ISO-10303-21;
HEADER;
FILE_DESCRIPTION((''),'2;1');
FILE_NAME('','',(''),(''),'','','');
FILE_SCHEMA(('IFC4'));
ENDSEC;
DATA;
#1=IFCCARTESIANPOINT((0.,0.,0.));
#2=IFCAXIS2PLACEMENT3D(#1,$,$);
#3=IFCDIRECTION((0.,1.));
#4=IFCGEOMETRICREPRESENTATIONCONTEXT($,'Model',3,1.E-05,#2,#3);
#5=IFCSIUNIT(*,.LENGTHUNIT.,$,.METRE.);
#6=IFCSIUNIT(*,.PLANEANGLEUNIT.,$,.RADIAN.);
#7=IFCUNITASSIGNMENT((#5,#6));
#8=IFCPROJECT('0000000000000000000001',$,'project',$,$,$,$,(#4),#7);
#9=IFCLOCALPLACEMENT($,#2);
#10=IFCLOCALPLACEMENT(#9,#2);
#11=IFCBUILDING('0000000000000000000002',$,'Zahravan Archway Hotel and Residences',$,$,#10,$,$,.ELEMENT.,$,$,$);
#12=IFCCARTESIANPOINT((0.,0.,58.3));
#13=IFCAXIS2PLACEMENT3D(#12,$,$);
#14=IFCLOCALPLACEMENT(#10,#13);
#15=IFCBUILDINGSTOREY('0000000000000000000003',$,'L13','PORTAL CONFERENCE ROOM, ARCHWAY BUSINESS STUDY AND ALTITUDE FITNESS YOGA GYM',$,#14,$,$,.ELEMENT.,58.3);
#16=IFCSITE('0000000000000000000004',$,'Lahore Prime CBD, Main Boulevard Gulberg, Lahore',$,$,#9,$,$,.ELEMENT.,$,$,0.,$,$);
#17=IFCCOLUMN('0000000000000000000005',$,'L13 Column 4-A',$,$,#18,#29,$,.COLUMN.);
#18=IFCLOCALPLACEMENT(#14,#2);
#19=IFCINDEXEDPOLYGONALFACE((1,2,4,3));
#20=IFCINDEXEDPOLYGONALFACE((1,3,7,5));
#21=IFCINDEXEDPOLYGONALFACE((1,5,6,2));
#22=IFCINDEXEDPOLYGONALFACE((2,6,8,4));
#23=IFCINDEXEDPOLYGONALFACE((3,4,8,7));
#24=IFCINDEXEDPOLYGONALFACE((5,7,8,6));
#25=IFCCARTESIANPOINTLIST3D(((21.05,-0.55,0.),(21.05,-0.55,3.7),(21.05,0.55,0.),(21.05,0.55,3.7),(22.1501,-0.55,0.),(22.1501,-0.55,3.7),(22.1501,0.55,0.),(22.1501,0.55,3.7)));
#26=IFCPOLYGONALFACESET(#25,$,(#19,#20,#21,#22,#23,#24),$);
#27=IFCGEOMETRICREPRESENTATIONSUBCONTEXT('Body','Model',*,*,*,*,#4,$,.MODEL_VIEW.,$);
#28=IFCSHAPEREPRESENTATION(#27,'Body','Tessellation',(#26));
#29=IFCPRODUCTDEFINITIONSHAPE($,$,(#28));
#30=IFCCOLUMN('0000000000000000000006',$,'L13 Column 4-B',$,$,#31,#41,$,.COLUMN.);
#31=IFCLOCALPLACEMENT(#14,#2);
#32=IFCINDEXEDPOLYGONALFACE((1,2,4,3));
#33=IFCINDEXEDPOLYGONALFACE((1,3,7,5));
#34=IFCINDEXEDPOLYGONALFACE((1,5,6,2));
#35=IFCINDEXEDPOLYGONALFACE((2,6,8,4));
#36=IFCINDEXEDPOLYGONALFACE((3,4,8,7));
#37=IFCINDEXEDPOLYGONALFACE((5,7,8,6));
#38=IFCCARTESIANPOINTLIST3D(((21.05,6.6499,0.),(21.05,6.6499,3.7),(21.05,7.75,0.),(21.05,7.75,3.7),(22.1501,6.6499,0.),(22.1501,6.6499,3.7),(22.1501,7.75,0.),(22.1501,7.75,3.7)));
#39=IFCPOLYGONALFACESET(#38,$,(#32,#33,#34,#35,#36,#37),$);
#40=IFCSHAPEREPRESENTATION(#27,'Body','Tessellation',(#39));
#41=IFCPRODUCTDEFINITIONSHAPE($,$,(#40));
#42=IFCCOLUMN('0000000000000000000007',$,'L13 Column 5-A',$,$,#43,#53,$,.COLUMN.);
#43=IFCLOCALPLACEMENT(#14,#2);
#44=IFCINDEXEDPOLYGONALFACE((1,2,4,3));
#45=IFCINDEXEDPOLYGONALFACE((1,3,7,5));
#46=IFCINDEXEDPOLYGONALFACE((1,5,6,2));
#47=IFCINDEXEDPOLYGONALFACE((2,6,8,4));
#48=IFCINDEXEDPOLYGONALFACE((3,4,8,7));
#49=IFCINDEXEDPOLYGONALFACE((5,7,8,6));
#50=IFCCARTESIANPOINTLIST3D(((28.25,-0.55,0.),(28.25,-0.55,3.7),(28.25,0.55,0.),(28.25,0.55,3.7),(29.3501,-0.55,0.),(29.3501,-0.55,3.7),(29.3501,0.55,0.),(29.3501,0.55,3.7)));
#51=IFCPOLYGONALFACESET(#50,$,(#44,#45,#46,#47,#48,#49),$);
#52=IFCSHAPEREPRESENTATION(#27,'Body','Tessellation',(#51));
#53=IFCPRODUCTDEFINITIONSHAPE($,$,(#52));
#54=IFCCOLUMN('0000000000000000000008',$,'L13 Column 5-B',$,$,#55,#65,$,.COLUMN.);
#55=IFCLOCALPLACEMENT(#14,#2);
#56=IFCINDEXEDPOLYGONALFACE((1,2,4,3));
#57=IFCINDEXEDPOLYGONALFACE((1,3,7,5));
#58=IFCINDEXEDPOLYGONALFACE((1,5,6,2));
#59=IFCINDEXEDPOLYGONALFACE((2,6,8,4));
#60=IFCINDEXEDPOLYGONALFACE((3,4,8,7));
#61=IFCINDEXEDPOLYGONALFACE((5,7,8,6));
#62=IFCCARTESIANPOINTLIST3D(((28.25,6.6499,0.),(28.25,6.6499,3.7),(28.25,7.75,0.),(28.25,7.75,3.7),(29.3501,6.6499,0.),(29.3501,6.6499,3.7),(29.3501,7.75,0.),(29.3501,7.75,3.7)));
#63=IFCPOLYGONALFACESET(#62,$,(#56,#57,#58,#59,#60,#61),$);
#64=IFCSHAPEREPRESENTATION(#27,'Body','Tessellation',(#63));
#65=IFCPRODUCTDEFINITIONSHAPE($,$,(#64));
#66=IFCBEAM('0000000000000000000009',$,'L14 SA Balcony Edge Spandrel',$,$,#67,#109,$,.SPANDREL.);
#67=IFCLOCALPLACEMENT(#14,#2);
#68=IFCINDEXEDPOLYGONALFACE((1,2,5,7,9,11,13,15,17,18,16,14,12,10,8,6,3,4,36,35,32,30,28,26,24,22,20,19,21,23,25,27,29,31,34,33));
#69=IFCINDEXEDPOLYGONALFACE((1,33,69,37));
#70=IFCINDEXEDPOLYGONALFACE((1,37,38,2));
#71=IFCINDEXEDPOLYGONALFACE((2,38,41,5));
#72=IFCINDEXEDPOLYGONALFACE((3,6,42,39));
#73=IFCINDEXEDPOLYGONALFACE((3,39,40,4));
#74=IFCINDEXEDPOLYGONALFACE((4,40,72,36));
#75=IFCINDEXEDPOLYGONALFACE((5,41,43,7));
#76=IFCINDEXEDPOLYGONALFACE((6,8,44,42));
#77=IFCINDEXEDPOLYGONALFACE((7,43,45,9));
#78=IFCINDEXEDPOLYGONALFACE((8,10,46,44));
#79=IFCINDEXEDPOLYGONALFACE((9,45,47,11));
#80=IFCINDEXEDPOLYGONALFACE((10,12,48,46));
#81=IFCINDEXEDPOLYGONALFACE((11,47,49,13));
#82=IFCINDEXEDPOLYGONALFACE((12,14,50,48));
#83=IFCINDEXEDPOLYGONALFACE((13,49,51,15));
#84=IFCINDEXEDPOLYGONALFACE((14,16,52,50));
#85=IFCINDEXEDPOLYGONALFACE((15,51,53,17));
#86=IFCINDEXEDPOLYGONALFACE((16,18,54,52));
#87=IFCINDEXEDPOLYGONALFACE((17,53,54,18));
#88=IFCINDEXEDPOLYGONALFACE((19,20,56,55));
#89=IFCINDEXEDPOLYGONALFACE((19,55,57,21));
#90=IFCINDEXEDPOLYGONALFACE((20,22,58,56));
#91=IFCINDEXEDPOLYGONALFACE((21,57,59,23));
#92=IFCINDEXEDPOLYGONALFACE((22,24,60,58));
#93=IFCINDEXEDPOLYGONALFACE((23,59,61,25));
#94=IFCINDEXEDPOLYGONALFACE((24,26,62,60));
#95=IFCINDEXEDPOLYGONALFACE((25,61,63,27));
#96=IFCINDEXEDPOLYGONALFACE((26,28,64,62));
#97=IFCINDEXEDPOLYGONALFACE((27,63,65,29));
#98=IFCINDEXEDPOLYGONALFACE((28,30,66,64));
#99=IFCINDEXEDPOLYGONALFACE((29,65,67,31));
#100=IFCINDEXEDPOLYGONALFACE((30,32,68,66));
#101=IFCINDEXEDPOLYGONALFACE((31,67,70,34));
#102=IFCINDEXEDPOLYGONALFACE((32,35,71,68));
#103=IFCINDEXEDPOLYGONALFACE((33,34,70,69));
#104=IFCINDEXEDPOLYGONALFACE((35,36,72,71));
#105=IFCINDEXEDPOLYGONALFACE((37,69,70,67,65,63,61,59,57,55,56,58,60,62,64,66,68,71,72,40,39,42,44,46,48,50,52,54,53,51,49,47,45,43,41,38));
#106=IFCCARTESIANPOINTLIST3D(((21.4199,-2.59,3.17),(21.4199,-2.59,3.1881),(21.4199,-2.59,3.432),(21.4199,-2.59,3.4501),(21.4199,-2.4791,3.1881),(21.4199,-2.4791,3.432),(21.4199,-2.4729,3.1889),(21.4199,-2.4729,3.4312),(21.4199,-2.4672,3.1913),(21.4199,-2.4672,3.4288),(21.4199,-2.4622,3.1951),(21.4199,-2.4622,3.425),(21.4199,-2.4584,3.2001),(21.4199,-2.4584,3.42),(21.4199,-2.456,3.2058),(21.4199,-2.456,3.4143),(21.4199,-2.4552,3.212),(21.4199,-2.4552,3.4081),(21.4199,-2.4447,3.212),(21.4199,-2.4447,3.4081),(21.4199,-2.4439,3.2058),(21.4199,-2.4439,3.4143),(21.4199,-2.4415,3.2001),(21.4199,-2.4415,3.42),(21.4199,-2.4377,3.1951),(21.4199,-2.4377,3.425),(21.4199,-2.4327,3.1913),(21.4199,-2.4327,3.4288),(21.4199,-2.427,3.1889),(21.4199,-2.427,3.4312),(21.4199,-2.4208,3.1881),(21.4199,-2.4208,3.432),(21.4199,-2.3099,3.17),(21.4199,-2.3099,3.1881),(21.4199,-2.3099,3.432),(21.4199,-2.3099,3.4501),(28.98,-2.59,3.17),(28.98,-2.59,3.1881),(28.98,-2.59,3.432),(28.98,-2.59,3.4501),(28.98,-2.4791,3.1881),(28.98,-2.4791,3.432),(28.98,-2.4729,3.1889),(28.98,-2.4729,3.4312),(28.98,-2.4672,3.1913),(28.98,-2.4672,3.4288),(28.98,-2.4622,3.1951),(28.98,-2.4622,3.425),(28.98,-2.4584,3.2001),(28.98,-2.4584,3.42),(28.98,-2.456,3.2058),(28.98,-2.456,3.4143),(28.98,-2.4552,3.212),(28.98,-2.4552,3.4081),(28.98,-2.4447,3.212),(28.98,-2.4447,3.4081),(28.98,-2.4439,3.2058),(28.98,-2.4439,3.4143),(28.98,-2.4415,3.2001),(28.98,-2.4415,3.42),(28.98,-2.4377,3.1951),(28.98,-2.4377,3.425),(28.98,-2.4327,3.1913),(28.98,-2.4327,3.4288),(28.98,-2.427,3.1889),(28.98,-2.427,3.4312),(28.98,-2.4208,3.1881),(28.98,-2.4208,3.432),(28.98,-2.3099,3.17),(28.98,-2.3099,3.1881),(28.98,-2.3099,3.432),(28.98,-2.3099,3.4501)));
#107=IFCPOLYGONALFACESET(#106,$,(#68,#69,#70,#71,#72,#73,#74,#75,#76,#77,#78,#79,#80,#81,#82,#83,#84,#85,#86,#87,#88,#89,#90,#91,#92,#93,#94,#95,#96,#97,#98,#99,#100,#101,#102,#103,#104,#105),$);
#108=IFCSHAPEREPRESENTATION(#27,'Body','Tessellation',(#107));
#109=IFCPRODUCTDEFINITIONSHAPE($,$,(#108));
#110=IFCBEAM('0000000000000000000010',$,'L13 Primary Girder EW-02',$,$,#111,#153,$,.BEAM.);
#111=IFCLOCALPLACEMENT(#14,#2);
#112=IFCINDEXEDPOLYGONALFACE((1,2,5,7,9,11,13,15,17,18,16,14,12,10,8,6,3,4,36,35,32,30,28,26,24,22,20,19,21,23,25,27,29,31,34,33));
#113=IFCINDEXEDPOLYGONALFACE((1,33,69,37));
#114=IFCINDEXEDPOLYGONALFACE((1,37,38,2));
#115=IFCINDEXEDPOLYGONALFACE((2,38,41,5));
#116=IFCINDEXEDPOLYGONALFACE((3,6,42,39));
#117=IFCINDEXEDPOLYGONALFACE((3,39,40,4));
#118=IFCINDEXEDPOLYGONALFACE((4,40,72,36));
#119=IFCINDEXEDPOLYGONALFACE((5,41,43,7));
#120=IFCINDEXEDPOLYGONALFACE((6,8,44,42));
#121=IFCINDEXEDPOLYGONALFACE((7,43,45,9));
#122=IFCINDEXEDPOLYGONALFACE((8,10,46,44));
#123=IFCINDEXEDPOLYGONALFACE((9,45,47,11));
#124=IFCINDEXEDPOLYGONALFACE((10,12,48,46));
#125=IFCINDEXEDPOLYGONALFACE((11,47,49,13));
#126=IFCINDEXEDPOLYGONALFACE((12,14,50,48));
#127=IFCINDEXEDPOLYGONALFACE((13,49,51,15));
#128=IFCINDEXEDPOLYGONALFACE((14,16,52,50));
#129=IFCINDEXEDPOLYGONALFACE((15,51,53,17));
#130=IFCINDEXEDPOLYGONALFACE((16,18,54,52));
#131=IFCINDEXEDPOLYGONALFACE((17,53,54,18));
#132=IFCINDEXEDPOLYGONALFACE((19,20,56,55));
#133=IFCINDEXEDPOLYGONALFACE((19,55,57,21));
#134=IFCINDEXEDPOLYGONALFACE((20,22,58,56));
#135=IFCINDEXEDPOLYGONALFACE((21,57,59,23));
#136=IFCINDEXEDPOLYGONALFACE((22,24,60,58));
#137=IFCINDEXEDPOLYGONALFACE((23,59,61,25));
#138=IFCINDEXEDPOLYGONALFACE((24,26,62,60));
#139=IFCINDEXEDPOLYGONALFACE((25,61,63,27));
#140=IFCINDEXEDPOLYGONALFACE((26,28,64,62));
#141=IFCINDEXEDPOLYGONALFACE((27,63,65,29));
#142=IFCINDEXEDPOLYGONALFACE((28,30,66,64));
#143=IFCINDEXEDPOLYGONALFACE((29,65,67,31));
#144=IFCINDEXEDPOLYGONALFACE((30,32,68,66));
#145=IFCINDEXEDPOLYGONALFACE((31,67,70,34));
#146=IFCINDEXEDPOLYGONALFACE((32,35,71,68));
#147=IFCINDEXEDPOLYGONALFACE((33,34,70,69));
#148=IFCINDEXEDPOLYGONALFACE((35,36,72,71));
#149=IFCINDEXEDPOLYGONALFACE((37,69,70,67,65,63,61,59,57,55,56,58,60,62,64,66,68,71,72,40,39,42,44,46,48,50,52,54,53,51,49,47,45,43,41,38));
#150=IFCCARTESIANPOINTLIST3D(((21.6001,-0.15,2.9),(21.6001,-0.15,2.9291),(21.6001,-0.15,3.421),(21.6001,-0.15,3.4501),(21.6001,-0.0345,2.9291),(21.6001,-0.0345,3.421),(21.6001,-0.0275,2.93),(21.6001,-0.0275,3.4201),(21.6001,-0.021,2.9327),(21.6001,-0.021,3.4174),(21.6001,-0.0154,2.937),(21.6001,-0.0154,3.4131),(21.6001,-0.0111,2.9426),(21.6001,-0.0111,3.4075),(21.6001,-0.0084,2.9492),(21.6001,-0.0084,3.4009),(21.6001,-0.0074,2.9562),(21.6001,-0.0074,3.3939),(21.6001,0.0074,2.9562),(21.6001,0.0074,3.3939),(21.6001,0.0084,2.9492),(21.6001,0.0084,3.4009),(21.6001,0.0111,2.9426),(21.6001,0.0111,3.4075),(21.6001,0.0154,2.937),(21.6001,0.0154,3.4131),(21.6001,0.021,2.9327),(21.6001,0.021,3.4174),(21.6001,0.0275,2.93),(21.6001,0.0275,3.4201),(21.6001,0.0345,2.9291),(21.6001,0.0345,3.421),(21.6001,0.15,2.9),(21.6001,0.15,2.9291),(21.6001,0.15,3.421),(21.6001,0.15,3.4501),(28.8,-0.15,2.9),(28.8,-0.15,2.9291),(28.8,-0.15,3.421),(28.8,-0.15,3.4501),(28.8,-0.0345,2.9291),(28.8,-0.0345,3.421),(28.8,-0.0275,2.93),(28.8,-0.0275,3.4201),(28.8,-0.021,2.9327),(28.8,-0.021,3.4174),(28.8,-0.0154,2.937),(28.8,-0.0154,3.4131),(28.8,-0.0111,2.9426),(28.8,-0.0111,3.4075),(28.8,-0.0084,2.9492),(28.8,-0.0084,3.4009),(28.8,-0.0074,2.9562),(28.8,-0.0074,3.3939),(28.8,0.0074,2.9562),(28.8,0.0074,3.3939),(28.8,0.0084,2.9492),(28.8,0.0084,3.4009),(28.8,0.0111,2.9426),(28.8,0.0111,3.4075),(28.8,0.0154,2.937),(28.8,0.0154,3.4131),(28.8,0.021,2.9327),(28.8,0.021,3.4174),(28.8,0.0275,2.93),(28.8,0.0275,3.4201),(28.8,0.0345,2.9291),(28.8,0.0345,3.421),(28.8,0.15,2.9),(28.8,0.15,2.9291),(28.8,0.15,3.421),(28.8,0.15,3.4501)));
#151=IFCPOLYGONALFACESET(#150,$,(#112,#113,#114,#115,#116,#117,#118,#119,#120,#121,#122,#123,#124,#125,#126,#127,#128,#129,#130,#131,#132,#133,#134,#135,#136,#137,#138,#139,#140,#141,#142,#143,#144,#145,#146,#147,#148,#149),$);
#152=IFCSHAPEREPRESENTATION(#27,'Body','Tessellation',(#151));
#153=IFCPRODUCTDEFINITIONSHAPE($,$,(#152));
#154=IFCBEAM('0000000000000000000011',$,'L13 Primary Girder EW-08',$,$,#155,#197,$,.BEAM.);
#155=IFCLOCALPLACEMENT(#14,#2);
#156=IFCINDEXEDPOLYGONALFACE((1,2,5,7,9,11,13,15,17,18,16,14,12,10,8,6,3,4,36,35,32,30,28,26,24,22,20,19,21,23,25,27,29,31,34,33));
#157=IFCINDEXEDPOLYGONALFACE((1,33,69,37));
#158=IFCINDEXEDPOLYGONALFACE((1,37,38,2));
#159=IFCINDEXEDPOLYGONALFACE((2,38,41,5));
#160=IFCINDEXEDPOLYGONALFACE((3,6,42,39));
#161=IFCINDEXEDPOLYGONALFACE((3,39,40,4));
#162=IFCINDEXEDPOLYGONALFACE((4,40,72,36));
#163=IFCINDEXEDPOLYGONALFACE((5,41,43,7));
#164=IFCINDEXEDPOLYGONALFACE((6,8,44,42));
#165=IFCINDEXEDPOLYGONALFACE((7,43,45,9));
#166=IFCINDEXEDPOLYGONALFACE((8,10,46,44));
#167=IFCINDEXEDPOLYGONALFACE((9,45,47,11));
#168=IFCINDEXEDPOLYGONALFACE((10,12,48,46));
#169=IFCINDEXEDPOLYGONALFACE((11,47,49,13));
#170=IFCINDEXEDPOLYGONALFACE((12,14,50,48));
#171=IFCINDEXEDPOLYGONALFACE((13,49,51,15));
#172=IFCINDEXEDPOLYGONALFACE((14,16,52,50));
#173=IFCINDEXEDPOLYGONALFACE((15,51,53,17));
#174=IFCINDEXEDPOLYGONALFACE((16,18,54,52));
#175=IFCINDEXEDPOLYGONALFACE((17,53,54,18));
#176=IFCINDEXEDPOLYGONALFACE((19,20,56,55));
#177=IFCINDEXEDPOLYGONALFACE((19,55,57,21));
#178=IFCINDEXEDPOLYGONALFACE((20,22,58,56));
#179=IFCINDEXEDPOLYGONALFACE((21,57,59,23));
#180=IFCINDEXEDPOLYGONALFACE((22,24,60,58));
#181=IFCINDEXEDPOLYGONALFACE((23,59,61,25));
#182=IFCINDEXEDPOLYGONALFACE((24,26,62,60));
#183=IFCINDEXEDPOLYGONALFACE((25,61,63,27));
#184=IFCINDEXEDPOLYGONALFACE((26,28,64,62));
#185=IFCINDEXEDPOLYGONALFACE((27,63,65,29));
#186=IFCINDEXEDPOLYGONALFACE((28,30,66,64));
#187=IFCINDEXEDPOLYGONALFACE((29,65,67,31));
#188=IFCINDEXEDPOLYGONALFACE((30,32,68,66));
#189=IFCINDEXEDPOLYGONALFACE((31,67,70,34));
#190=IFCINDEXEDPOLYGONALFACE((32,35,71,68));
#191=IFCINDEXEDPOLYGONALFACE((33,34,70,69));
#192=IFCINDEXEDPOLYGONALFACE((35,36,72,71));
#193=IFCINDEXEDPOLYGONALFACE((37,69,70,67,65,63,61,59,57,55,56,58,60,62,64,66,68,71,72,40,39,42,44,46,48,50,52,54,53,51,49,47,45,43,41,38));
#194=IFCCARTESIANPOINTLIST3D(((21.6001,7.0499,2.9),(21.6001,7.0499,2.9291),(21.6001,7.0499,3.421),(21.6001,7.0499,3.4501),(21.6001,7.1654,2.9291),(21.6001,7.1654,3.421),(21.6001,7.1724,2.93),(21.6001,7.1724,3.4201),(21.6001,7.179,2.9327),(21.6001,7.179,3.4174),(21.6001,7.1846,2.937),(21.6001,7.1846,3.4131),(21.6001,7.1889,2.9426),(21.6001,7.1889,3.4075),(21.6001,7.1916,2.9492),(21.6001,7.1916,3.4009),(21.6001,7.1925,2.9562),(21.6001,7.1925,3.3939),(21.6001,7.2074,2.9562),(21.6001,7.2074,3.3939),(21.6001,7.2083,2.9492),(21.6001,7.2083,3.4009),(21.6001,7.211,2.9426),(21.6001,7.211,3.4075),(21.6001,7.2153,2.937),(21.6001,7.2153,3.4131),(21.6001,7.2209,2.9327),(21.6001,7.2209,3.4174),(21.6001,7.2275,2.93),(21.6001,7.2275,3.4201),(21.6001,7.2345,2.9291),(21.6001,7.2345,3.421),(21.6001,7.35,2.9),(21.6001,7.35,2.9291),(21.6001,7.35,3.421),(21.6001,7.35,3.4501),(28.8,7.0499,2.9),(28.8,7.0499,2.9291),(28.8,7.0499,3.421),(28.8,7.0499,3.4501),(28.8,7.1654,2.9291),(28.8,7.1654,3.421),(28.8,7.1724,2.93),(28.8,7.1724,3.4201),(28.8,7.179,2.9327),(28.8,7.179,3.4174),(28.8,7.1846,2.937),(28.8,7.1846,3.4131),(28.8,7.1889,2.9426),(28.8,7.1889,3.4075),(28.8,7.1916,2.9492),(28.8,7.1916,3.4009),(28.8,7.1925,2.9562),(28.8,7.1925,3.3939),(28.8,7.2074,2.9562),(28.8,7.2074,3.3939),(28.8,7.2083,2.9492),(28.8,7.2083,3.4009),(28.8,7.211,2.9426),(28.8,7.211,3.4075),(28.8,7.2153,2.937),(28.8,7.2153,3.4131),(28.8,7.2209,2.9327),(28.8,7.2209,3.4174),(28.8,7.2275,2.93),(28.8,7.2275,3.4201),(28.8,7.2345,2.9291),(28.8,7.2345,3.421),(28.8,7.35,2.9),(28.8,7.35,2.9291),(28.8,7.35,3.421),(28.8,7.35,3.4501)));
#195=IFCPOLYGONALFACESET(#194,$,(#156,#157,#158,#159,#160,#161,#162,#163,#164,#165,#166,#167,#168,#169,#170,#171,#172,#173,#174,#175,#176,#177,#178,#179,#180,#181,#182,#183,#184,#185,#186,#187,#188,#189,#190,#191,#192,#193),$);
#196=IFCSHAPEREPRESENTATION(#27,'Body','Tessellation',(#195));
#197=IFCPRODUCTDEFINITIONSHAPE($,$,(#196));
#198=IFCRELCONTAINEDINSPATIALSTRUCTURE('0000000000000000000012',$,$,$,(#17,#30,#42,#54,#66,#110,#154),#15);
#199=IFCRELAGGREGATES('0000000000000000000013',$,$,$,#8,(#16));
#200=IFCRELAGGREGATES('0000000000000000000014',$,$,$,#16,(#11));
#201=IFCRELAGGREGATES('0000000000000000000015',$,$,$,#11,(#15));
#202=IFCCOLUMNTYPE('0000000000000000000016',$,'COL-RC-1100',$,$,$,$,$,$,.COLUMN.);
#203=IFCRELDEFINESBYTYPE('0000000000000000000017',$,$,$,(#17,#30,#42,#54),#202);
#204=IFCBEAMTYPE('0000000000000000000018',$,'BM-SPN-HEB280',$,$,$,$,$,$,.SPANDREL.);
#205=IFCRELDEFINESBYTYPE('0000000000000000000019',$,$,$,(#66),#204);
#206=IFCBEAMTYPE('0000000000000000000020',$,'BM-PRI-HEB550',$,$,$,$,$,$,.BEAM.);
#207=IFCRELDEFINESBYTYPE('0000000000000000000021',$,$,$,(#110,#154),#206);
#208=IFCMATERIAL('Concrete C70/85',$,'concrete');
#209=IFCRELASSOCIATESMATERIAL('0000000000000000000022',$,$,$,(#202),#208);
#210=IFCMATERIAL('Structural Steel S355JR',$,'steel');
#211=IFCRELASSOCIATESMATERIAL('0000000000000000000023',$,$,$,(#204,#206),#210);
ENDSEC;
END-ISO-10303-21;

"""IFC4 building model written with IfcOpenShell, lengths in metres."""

from ifc_helpers import new_model, si_unit, direction, frame, origin, origin_2d, place, context, subcontext, project, spatial, rectangle, i_section, extrude, source, transform, mapped, material, material_profile, profile_set, type_object, type_shapes, element, save


model = new_model("IFC4")

# Units and contexts
model_context = context("Model", 3, precision=1e-05, world=origin(), true_north=direction((0.0, 1.0)))
body_context = subcontext(model_context, "Body", "Model", "MODEL_VIEW")
ifc_project = project(units=[si_unit("LENGTHUNIT", "METRE"), si_unit("PLANEANGLEUNIT", "RADIAN")], contexts=[model_context])

# Site, building, storey
site_placement = place(None, origin())
site = spatial("IfcSite", under=ifc_project, at=site_placement, Name="Lahore Prime CBD, Main Boulevard Gulberg, Lahore", CompositionType="ELEMENT", RefElevation=0.0)
building_placement = place(site_placement, origin())
building = spatial("IfcBuilding", under=site, at=building_placement, Name="Zahravan Archway Hotel and Residences", CompositionType="ELEMENT")
storey_placement = place(building_placement, frame((0.0, 0.0, 58.3)))
storey = spatial("IfcBuildingStorey", under=building, at=storey_placement, Name="L13", Description="PORTAL CONFERENCE ROOM, ARCHWAY BUSINESS STUDY AND ALTITUDE FITNESS YOGA GYM", CompositionType="ELEMENT", Elevation=58.3)

# Columns
ifc_material_1 = material(Name="Concrete C70/85", Category="concrete")
ifc_material_profile_1 = material_profile(ifc_material_1, rectangle(XDim=1.1001, YDim=1.1001, at=origin_2d()), Name="RC 1100x1100", Category="concrete")
ifc_profile_set_1 = profile_set([ifc_material_profile_1], Name="Concrete C70/85")
column_type = type_object("IfcColumnType", Name="COL-RC-1100", PredefinedType="COLUMN", material=ifc_profile_set_1)
shared_shape_1 = source(origin(), body_context, "Body", "SweptSolid", [
    extrude(rectangle(XDim=1.1001, YDim=1.1001, at=origin_2d()), origin(), (0.0, 0.0, 1.0), 3.7),
])
for number, where, z_axis, x_axis, name in (
    (1, (21.6001, 0.0, 0.0), (0.0, 0.0, 1.0), (1.0, 0.0, 0.0), "L13 Column 4-A"),
    (2, (21.6001, 7.2, 0.0), (0.0, 0.0, 1.0), (1.0, 0.0, 0.0), "L13 Column 4-B"),
    (3, (28.8, 0.0, 0.0), (0.0, 0.0, 1.0), (1.0, 0.0, 0.0), "L13 Column 5-A"),
    (4, (28.8, 7.2, 0.0), (0.0, 0.0, 1.0), (1.0, 0.0, 0.0), "L13 Column 5-B"),
):
    element("IfcColumn", number, at=place(storey_placement, frame(where, z_axis=z_axis, x_axis=x_axis)), inside=storey, type_object=column_type, Name=name, PredefinedType="COLUMN", context=body_context, shape_type="MappedRepresentation", body=[
        mapped(shared_shape_1, transform((0.0, 0.0, 0.0), scale=1.0)),
    ])

# Beams
ifc_material_2 = material(Name="Structural Steel S355JR", Category="steel")
ifc_material_profile_2 = material_profile(ifc_material_2, i_section(OverallWidth=0.28, OverallDepth=0.28, WebThickness=0.0105, FlangeThickness=0.0181, FilletRadius=0.0239, at=origin_2d()), Name="HEB 280", Category="steel")
ifc_profile_set_2 = profile_set([ifc_material_profile_2], Name="Structural Steel S355JR")
beam_type_1 = type_object("IfcBeamType", Name="BM-SPN-HEB280", PredefinedType="SPANDREL", material=ifc_profile_set_2)
shared_shape_2 = source(origin(), body_context, "Body", "SweptSolid", [
    extrude(i_section(OverallWidth=0.28, OverallDepth=0.28, WebThickness=0.0105, FlangeThickness=0.0181, FilletRadius=0.0239, at=origin_2d()), origin(), (0.0, 0.0, 1.0), 7.5601),
])
type_shapes(beam_type_1, [shared_shape_2])
beam_placement = place(storey_placement, frame((21.4199, -2.45, 3.3101), z_axis=(1.0, 0.0, 0.0), x_axis=(0.0, 1.0, 0.0)))
element("IfcBeam", 5, at=beam_placement, inside=storey, type_object=beam_type_1, Name="L14 SA Balcony Edge Spandrel", PredefinedType="SPANDREL", context=body_context, shape_type="MappedRepresentation", body=[
    mapped(shared_shape_2, transform((0.0, 0.0, 0.0), scale=1.0)),
])
ifc_material_profile_3 = material_profile(ifc_material_2, i_section(OverallWidth=0.3, OverallDepth=0.55, WebThickness=0.0149, FlangeThickness=0.0291, FilletRadius=0.0271, at=origin_2d()), Name="HEB 550", Category="steel")
ifc_profile_set_3 = profile_set([ifc_material_profile_3], Name="Structural Steel S355JR")
beam_type_2 = type_object("IfcBeamType", Name="BM-PRI-HEB550", PredefinedType="BEAM", material=ifc_profile_set_3)
shared_shape_3 = source(origin(), body_context, "Body", "SweptSolid", [
    extrude(i_section(OverallWidth=0.3, OverallDepth=0.55, WebThickness=0.0149, FlangeThickness=0.0291, FilletRadius=0.0271, at=origin_2d()), origin(), (0.0, 0.0, 1.0), 7.2),
])
for number, where, z_axis, x_axis, name in (
    (6, (21.6001, 0.0, 3.175), (1.0, 0.0, 0.0), (0.0, 1.0, 0.0), "L13 Primary Girder EW-02"),
    (7, (21.6001, 7.2, 3.175), (1.0, 0.0, 0.0), (0.0, 1.0, 0.0), "L13 Primary Girder EW-08"),
):
    element("IfcBeam", number, at=place(storey_placement, frame(where, z_axis=z_axis, x_axis=x_axis)), inside=storey, type_object=beam_type_2, Name=name, PredefinedType="BEAM", context=body_context, shape_type="MappedRepresentation", body=[
        mapped(shared_shape_3, transform((0.0, 0.0, 0.0), scale=1.0)),
    ])

save(model, "model.ifc")
